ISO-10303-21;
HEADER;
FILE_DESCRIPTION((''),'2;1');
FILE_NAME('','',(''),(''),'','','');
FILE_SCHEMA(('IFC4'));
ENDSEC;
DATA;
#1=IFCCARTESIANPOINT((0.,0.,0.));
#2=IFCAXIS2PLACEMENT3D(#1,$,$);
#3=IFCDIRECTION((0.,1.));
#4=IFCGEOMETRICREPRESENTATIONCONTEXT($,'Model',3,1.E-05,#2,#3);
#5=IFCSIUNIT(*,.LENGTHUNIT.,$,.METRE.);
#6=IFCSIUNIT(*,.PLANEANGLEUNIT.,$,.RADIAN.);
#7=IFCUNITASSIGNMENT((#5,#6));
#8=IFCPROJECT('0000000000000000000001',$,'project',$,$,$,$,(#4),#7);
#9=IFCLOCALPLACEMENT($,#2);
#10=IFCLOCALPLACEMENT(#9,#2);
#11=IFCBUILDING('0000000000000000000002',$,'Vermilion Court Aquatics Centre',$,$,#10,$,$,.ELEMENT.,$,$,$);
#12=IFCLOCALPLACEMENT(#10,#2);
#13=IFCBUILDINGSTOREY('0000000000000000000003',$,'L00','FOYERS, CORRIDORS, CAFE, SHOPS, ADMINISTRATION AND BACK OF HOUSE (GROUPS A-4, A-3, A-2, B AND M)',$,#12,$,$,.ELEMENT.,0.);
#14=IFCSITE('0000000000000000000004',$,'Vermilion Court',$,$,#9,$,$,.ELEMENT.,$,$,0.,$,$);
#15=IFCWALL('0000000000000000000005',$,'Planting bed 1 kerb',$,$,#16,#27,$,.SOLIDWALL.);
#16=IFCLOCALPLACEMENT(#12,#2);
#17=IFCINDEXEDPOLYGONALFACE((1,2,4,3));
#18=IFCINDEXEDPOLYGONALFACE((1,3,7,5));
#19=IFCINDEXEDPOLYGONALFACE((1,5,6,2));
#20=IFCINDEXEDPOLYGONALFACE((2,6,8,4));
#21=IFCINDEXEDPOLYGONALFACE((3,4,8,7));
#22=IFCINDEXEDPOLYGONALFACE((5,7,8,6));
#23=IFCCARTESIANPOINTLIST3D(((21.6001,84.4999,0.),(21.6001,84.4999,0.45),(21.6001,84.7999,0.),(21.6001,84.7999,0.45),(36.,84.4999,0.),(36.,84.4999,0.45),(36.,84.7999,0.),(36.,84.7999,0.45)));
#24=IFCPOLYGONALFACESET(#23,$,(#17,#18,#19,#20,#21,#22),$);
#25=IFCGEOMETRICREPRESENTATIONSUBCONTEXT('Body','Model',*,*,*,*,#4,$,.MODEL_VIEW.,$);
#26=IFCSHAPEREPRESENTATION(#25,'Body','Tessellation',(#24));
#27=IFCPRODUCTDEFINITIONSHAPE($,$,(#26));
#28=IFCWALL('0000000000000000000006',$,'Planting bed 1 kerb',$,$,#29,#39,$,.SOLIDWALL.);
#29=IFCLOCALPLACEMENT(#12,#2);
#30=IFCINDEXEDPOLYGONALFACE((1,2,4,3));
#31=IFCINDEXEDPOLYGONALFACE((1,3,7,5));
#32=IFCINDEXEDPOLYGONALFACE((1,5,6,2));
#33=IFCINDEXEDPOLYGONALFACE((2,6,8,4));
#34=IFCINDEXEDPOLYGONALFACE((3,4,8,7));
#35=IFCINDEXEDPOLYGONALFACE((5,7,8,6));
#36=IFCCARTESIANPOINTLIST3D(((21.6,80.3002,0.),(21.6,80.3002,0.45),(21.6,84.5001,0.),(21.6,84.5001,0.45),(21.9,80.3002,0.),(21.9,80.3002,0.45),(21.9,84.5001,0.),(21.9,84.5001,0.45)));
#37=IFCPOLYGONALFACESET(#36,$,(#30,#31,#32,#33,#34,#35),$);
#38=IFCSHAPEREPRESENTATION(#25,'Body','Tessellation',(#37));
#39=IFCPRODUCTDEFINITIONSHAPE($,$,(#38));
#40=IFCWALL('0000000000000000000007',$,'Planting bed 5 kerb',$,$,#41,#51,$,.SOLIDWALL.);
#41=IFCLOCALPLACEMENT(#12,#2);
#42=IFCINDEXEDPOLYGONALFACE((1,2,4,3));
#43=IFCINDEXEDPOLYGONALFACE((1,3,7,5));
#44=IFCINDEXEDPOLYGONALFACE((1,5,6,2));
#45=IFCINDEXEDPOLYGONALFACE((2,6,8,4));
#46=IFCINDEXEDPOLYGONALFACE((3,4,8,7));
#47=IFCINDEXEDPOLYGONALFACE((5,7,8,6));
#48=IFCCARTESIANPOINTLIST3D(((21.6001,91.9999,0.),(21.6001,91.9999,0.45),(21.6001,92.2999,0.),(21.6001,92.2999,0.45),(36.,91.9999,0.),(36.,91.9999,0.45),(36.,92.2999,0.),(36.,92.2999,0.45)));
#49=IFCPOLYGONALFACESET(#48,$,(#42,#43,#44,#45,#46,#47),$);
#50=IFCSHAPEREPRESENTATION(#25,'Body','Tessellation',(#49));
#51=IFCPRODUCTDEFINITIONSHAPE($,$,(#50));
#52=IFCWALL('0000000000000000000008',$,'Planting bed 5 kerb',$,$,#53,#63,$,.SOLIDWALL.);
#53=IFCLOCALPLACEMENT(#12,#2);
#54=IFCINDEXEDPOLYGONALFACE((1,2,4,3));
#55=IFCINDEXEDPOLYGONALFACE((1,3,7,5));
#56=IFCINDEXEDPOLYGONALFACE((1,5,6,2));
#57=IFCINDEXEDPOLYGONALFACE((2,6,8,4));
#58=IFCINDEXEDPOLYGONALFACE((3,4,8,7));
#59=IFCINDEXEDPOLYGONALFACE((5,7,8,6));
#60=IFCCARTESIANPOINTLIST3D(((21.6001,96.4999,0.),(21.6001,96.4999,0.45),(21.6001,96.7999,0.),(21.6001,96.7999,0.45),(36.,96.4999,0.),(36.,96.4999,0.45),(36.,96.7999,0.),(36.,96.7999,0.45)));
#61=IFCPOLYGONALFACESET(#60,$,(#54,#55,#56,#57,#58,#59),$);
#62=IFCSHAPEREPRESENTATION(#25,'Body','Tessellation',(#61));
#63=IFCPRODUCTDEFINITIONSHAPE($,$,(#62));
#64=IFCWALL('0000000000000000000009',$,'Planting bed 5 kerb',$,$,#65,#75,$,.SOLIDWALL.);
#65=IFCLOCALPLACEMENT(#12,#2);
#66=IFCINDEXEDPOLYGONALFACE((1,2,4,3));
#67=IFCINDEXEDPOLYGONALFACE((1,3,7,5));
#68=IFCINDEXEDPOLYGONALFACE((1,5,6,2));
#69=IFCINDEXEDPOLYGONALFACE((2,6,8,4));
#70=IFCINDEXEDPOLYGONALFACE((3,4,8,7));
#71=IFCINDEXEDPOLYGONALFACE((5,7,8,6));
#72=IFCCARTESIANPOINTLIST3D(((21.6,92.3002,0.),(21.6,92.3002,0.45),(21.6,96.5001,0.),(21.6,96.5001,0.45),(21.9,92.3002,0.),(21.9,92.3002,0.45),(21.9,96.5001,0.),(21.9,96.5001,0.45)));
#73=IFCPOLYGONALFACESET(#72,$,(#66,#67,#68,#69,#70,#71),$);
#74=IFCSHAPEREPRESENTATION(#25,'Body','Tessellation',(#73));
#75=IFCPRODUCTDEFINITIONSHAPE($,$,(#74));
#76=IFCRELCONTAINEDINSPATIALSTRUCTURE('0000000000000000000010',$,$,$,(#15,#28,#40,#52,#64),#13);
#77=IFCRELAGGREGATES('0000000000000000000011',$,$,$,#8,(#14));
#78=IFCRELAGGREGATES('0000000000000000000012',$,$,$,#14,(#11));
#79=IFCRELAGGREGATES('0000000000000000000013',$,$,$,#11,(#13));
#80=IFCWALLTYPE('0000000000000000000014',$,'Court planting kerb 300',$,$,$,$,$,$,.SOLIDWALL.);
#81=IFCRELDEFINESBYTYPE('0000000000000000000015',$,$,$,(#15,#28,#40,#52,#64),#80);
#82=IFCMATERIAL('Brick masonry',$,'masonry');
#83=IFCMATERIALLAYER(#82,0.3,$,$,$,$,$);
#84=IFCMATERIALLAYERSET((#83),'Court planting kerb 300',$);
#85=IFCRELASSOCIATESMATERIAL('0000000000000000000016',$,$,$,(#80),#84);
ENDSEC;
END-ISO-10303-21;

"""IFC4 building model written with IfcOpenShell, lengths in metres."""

from ifc_helpers import new_model, si_unit, direction, frame, frame_2d, origin, place, context, subcontext, project, spatial, rectangle, extrude, material, layer, layer_set, type_object, element, save


model = new_model("IFC4")

# Units and contexts
model_context = context("Model", 3, precision=1e-05, world=origin(), true_north=direction((0.0, 1.0)))
body_context = subcontext(model_context, "Body", "Model", "MODEL_VIEW")
ifc_project = project(units=[si_unit("LENGTHUNIT", "METRE"), si_unit("PLANEANGLEUNIT", "RADIAN")], contexts=[model_context])

# Site, building, storey
site_placement = place(None, origin())
site = spatial("IfcSite", under=ifc_project, at=site_placement, Name="Vermilion Court", CompositionType="ELEMENT", RefElevation=0.0)
building_placement = place(site_placement, origin())
building = spatial("IfcBuilding", under=site, at=building_placement, Name="Vermilion Court Aquatics Centre", CompositionType="ELEMENT")
storey_placement = place(building_placement, origin())
storey = spatial("IfcBuildingStorey", under=building, at=storey_placement, Name="L00", Description="FOYERS, CORRIDORS, CAFE, SHOPS, ADMINISTRATION AND BACK OF HOUSE (GROUPS A-4, A-3, A-2, B AND M)", CompositionType="ELEMENT", Elevation=0.0)

# Walls
ifc_material_1 = material(Name="Brick masonry", Category="masonry")
ifc_layer_1 = layer(ifc_material_1, 0.3)
ifc_layer_set_1 = layer_set([ifc_layer_1], Name="Court planting kerb 300")
wall_type_1 = type_object("IfcWallType", Name="Court planting kerb 300", PredefinedType="SOLIDWALL", material=ifc_layer_set_1)
for number, where, z_axis, x_axis, name in (
    (1, (21.6001, 84.6499, 0.0), (0.0, 0.0, 1.0), (1.0, 0.0, 0.0), "Planting bed 1 kerb"),
):
    element("IfcWall", number, at=place(storey_placement, frame(where, z_axis=z_axis, x_axis=x_axis)), inside=storey, type_object=wall_type_1, Name=name, PredefinedType="SOLIDWALL", context=body_context, shape_type="SweptSolid", body=[
        extrude(rectangle(XDim=14.3999, YDim=0.3, at=frame_2d((7.2, 0.0))), origin(), (0.0, 0.0, 1.0), 0.45),
    ])
wall_1_placement = place(storey_placement, frame((21.75, 80.3, 0.0), z_axis=(0.0, 0.0, 1.0), x_axis=(0.0, 1.0, 0.0)))
element("IfcWall", 2, at=wall_1_placement, inside=storey, type_object=wall_type_1, Name="Planting bed 1 kerb", PredefinedType="SOLIDWALL", context=body_context, shape_type="SweptSolid", body=[
    extrude(rectangle(XDim=4.2, YDim=0.3, at=frame_2d((2.1001, 0.0))), origin(), (0.0, 0.0, 1.0), 0.45),
])
for number, where, z_axis, x_axis, name in (
    (3, (21.6001, 92.1499, 0.0), (0.0, 0.0, 1.0), (1.0, 0.0, 0.0), "Planting bed 5 kerb"),
    (4, (21.6001, 96.6499, 0.0), (0.0, 0.0, 1.0), (1.0, 0.0, 0.0), "Planting bed 5 kerb"),
):
    element("IfcWall", number, at=place(storey_placement, frame(where, z_axis=z_axis, x_axis=x_axis)), inside=storey, type_object=wall_type_1, Name=name, PredefinedType="SOLIDWALL", context=body_context, shape_type="SweptSolid", body=[
        extrude(rectangle(XDim=14.3999, YDim=0.3, at=frame_2d((7.2, 0.0))), origin(), (0.0, 0.0, 1.0), 0.45),
    ])
wall_2_placement = place(storey_placement, frame((21.75, 92.3, 0.0), z_axis=(0.0, 0.0, 1.0), x_axis=(0.0, 1.0, 0.0)))
element("IfcWall", 5, at=wall_2_placement, inside=storey, type_object=wall_type_1, Name="Planting bed 5 kerb", PredefinedType="SOLIDWALL", context=body_context, shape_type="SweptSolid", body=[
    extrude(rectangle(XDim=4.2, YDim=0.3, at=frame_2d((2.1001, 0.0))), origin(), (0.0, 0.0, 1.0), 0.45),
])

save(model, "model.ifc")
